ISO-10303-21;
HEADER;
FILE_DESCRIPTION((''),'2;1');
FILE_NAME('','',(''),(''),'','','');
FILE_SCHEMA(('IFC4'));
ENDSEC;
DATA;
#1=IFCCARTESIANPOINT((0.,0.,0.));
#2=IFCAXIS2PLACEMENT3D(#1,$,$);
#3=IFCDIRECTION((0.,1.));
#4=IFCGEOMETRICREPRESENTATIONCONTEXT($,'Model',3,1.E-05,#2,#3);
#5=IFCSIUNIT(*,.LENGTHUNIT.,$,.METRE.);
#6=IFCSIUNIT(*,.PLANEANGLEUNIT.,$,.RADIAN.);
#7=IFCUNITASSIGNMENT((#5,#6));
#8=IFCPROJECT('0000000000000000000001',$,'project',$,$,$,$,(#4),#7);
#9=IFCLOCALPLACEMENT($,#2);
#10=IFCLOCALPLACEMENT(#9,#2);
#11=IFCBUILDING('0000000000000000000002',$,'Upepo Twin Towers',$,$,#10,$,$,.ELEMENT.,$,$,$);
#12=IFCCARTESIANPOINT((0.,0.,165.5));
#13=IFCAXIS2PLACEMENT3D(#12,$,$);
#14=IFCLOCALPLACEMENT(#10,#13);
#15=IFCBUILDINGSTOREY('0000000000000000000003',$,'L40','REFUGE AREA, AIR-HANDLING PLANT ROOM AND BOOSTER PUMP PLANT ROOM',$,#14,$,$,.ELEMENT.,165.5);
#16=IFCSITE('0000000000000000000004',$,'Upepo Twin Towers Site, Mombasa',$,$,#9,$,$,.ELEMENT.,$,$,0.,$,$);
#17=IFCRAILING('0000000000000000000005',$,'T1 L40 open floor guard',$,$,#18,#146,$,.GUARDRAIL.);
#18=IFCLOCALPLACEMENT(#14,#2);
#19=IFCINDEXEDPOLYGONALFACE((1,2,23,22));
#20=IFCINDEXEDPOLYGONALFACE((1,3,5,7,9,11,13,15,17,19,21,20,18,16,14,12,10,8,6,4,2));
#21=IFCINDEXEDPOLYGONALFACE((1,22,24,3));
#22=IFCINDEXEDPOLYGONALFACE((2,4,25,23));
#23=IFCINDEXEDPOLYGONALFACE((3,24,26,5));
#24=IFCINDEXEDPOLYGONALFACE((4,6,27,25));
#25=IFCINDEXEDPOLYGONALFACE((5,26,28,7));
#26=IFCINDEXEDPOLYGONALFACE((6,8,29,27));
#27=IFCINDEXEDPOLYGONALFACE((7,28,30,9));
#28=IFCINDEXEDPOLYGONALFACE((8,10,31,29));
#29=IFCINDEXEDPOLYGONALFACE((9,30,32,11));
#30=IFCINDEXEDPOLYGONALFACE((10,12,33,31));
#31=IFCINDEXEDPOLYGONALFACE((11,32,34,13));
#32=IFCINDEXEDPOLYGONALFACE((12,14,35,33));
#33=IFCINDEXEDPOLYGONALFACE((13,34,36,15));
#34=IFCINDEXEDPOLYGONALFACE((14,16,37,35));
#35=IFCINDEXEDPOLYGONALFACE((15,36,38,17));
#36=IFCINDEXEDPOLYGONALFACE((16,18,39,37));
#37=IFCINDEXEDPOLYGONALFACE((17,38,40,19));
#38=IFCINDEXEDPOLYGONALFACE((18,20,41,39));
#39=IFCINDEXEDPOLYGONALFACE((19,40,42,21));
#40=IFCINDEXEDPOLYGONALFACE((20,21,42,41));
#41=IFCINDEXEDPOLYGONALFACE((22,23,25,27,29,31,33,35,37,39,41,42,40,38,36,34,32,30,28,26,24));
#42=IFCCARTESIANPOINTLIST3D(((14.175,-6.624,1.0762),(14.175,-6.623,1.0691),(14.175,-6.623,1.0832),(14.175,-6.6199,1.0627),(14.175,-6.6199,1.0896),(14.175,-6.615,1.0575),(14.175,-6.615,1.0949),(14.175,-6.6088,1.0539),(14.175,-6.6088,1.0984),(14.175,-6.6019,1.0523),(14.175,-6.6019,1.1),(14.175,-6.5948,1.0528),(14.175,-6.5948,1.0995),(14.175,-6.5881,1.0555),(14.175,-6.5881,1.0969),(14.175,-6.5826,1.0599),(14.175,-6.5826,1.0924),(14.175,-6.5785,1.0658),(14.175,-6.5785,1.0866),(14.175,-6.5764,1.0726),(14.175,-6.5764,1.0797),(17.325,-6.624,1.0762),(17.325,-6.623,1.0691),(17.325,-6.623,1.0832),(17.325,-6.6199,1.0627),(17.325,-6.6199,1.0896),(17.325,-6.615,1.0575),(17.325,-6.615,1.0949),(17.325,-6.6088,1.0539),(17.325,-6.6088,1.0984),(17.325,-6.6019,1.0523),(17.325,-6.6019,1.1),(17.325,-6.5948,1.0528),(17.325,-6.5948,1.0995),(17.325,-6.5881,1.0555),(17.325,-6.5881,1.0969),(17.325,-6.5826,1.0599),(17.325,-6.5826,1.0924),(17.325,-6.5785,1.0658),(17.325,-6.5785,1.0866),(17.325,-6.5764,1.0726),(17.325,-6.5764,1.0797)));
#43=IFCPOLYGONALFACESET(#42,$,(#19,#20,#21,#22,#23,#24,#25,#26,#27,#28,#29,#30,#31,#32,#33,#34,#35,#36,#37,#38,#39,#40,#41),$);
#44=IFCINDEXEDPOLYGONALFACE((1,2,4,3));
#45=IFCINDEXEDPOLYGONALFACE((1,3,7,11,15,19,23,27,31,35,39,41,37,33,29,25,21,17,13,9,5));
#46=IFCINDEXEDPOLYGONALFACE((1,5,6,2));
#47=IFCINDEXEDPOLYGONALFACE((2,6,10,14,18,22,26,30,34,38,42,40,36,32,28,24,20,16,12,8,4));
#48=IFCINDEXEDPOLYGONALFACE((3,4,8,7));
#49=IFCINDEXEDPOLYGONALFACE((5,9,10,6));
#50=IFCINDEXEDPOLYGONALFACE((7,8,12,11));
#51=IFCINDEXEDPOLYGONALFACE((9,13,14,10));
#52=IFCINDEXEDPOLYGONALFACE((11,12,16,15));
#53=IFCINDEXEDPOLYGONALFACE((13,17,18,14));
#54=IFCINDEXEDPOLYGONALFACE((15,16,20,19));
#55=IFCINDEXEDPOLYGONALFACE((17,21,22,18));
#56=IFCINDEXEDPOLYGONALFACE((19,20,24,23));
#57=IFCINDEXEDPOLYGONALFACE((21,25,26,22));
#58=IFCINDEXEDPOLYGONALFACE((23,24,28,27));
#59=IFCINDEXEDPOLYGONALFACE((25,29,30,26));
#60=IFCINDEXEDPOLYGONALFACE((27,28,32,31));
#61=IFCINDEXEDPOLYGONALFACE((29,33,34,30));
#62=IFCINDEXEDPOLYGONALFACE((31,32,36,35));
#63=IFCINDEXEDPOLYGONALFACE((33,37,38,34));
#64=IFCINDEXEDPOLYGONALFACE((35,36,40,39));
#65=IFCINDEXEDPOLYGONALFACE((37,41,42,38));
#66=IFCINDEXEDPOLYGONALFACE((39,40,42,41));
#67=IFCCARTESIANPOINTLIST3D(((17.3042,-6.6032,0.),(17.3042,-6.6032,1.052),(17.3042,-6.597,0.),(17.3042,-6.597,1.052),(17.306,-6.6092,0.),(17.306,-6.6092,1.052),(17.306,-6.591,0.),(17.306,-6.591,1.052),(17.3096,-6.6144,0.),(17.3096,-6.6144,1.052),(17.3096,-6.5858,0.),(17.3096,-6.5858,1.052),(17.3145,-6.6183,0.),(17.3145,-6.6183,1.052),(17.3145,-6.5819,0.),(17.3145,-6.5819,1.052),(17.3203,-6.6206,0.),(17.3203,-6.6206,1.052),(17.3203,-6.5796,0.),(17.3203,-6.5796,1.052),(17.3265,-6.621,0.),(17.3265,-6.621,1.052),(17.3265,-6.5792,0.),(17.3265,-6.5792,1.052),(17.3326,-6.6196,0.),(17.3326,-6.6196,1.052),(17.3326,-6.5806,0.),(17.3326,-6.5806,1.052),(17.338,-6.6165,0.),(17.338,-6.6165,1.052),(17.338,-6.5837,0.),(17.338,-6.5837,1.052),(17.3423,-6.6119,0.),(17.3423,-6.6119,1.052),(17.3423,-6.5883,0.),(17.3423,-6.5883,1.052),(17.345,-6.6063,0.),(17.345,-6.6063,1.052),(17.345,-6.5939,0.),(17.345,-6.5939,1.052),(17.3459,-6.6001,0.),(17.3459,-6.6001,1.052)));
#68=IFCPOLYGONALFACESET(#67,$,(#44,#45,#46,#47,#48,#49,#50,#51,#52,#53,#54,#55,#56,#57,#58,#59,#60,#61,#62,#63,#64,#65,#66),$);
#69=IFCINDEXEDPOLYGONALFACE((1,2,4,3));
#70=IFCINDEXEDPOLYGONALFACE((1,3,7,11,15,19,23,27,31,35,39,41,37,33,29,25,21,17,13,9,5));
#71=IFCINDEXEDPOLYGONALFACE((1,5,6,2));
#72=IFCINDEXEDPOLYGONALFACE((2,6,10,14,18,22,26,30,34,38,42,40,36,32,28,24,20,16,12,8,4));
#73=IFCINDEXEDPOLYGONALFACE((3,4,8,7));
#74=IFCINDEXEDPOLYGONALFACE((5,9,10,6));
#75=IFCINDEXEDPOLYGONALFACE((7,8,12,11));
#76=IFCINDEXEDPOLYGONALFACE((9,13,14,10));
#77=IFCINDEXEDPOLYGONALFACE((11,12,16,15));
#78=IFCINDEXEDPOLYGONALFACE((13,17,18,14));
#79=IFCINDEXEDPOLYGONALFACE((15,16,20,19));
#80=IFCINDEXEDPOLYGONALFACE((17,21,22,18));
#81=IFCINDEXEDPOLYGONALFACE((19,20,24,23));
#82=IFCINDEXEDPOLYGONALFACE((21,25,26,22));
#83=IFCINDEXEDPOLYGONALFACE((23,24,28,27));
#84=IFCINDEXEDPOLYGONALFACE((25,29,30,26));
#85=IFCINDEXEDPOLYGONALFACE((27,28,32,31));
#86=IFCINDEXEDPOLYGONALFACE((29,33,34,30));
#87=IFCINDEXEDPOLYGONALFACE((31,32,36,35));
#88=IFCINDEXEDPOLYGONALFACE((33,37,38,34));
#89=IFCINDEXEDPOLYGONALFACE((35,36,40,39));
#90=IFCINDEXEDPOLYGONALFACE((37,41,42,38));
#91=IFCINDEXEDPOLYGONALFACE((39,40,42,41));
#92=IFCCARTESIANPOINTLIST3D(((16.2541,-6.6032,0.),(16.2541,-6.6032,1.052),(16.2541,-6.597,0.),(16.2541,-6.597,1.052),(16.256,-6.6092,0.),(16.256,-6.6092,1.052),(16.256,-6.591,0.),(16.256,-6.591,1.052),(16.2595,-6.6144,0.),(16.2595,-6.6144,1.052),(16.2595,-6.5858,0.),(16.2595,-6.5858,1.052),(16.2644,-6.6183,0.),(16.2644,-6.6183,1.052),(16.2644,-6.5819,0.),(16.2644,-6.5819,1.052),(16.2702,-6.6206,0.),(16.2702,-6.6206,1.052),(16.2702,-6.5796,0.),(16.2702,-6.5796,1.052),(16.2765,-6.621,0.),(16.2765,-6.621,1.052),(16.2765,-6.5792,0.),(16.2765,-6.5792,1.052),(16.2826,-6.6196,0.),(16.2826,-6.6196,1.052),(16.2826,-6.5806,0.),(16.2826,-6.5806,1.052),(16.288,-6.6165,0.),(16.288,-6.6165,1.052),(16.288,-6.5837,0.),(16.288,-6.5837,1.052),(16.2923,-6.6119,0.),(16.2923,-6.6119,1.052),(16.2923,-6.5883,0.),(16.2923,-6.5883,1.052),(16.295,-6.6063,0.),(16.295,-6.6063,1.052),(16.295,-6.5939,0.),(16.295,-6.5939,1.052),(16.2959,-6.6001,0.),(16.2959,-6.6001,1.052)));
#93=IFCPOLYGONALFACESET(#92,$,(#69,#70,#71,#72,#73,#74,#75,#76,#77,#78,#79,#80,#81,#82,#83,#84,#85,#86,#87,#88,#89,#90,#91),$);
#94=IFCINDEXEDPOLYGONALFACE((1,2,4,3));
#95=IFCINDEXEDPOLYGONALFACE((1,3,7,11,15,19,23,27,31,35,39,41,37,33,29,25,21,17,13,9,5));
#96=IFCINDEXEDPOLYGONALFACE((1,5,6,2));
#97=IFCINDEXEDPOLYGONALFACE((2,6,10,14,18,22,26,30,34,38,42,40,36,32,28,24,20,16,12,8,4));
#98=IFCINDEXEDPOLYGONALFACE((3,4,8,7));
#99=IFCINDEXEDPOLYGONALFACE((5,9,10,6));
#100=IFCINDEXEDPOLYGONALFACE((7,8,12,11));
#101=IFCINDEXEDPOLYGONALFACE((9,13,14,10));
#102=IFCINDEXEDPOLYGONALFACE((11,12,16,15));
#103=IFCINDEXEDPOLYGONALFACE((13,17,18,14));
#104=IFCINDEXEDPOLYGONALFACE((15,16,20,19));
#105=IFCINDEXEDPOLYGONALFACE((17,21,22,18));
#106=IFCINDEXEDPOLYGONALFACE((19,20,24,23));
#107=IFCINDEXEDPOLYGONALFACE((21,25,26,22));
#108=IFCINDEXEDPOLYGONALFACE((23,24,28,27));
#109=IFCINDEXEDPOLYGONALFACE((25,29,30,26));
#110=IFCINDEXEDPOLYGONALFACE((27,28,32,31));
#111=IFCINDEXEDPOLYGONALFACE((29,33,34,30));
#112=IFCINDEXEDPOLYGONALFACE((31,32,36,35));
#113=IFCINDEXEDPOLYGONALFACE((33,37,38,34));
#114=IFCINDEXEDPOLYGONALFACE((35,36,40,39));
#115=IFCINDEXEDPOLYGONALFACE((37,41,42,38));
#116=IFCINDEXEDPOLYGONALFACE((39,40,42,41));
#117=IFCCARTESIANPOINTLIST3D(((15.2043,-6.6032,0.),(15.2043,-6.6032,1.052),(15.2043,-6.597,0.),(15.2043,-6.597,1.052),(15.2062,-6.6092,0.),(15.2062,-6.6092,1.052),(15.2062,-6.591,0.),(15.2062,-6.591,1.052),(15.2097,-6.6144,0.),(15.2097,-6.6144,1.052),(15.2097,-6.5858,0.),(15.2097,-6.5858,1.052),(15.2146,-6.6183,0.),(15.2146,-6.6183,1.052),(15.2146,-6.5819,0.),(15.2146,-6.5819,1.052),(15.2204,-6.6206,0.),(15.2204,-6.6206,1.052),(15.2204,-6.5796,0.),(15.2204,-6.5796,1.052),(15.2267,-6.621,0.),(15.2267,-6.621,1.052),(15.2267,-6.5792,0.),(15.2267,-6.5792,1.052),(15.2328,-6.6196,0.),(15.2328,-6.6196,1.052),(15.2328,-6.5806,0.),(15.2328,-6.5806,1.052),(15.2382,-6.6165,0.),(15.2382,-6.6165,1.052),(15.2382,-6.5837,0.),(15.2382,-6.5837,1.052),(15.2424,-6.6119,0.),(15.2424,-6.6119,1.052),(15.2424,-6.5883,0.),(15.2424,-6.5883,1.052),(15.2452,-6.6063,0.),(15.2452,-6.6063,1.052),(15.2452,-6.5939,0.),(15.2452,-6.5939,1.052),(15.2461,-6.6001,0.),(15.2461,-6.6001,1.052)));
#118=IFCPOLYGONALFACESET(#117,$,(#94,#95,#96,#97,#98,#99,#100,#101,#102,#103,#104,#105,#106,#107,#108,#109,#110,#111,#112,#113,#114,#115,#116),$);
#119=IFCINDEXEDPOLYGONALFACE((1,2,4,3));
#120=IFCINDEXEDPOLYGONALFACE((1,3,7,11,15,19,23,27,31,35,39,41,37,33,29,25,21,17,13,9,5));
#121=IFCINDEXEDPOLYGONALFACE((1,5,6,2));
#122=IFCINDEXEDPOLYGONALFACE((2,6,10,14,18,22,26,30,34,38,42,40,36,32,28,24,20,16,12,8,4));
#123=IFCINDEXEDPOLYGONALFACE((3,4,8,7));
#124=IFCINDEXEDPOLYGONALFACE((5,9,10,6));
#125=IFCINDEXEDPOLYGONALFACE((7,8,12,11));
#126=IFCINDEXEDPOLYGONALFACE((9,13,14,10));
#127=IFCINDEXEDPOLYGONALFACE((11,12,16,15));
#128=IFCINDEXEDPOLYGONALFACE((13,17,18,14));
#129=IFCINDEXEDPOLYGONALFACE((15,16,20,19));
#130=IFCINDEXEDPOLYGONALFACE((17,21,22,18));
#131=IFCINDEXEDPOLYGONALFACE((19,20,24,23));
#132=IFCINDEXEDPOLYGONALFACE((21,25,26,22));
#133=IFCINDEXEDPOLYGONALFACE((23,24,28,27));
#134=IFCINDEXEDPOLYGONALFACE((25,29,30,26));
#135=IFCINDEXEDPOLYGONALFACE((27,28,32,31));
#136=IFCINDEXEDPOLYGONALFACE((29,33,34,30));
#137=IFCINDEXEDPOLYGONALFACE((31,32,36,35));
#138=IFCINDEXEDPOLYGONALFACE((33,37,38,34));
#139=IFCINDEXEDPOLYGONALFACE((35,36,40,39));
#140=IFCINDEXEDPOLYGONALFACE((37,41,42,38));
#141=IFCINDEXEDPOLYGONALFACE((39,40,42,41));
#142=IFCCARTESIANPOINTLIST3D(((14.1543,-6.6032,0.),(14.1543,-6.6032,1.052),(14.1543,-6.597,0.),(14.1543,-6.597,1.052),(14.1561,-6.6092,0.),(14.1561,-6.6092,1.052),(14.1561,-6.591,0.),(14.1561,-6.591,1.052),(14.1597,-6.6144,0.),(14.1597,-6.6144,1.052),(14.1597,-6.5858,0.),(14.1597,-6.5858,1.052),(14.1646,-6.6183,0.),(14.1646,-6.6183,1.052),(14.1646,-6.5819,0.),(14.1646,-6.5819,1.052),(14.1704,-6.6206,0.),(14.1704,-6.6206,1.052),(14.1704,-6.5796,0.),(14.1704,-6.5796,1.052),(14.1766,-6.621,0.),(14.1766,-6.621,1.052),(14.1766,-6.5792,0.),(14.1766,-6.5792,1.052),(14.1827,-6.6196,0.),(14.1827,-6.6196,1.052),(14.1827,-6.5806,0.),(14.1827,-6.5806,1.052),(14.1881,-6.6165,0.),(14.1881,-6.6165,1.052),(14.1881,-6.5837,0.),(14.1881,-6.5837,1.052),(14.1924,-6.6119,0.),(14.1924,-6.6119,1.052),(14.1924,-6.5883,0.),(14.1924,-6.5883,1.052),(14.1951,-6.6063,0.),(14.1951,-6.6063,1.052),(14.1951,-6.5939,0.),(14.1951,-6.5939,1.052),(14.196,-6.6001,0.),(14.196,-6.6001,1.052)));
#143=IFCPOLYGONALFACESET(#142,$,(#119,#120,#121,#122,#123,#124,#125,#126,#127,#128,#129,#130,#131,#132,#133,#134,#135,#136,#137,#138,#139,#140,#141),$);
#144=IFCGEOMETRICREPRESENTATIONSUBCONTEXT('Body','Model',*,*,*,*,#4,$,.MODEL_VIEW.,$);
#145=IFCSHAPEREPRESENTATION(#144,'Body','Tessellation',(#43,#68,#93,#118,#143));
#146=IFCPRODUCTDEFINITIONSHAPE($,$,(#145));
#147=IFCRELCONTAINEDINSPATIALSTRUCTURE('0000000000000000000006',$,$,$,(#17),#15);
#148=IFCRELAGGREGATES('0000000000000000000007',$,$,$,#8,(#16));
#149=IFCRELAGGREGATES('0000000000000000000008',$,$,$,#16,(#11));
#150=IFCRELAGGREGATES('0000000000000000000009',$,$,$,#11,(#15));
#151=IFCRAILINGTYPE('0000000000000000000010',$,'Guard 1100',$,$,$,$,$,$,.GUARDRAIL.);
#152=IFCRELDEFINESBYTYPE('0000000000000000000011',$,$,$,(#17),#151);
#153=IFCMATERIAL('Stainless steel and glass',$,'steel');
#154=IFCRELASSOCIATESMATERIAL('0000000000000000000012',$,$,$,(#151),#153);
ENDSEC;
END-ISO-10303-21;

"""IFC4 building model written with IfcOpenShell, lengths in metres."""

from ifc_helpers import new_model, si_unit, direction, frame, origin, origin_2d, place, context, subcontext, project, spatial, circle, extrude, material, type_object, element, save


model = new_model("IFC4")

# Units and contexts
model_context = context("Model", 3, precision=1e-05, world=origin(), true_north=direction((0.0, 1.0)))
body_context = subcontext(model_context, "Body", "Model", "MODEL_VIEW")
ifc_project = project(units=[si_unit("LENGTHUNIT", "METRE"), si_unit("PLANEANGLEUNIT", "RADIAN")], contexts=[model_context])

# Site, building, storey
site_placement = place(None, origin())
site = spatial("IfcSite", under=ifc_project, at=site_placement, Name="Upepo Twin Towers Site, Mombasa", CompositionType="ELEMENT", RefElevation=0.0)
building_placement = place(site_placement, origin())
building = spatial("IfcBuilding", under=site, at=building_placement, Name="Upepo Twin Towers", CompositionType="ELEMENT")
storey_placement = place(building_placement, frame((0.0, 0.0, 165.5)))
storey = spatial("IfcBuildingStorey", under=building, at=storey_placement, Name="L40", Description="REFUGE AREA, AIR-HANDLING PLANT ROOM AND BOOSTER PUMP PLANT ROOM", CompositionType="ELEMENT", Elevation=165.5)

# Railing
ifc_material_1 = material(Name="Stainless steel and glass", Category="steel")
railing_type_1 = type_object("IfcRailingType", Name="Guard 1100", PredefinedType="GUARDRAIL", material=ifc_material_1)
for number, where, name in (
    (1, (17.325, -6.6001, 0.0), "T1 L40 open floor guard"),
):
    element("IfcRailing", number, at=place(storey_placement, frame(where)), inside=storey, type_object=railing_type_1, Name=name, PredefinedType="GUARDRAIL", context=body_context, shape_type="SweptSolid", body=[
        extrude(circle(Radius=0.0239, at=origin_2d()), frame((0.0, 0.0, 1.0762), z_axis=(-1.0, 0.0, 0.0), x_axis=(0.0, -1.0, 0.0)), (0.0, 0.0, 1.0), 3.1499),
        extrude(circle(Radius=0.021, at=origin_2d()), origin(), (0.0, 0.0, 1.0), 1.052),
        extrude(circle(Radius=0.021, at=origin_2d()), frame((-1.05, 0.0, 0.0)), (0.0, 0.0, 1.0), 1.052),
        extrude(circle(Radius=0.021, at=origin_2d()), frame((-2.0999, 0.0, 0.0)), (0.0, 0.0, 1.0), 1.052),
        extrude(circle(Radius=0.021, at=origin_2d()), frame((-3.1499, 0.0, 0.0)), (0.0, 0.0, 1.0), 1.052),
    ])

save(model, "model.ifc")
